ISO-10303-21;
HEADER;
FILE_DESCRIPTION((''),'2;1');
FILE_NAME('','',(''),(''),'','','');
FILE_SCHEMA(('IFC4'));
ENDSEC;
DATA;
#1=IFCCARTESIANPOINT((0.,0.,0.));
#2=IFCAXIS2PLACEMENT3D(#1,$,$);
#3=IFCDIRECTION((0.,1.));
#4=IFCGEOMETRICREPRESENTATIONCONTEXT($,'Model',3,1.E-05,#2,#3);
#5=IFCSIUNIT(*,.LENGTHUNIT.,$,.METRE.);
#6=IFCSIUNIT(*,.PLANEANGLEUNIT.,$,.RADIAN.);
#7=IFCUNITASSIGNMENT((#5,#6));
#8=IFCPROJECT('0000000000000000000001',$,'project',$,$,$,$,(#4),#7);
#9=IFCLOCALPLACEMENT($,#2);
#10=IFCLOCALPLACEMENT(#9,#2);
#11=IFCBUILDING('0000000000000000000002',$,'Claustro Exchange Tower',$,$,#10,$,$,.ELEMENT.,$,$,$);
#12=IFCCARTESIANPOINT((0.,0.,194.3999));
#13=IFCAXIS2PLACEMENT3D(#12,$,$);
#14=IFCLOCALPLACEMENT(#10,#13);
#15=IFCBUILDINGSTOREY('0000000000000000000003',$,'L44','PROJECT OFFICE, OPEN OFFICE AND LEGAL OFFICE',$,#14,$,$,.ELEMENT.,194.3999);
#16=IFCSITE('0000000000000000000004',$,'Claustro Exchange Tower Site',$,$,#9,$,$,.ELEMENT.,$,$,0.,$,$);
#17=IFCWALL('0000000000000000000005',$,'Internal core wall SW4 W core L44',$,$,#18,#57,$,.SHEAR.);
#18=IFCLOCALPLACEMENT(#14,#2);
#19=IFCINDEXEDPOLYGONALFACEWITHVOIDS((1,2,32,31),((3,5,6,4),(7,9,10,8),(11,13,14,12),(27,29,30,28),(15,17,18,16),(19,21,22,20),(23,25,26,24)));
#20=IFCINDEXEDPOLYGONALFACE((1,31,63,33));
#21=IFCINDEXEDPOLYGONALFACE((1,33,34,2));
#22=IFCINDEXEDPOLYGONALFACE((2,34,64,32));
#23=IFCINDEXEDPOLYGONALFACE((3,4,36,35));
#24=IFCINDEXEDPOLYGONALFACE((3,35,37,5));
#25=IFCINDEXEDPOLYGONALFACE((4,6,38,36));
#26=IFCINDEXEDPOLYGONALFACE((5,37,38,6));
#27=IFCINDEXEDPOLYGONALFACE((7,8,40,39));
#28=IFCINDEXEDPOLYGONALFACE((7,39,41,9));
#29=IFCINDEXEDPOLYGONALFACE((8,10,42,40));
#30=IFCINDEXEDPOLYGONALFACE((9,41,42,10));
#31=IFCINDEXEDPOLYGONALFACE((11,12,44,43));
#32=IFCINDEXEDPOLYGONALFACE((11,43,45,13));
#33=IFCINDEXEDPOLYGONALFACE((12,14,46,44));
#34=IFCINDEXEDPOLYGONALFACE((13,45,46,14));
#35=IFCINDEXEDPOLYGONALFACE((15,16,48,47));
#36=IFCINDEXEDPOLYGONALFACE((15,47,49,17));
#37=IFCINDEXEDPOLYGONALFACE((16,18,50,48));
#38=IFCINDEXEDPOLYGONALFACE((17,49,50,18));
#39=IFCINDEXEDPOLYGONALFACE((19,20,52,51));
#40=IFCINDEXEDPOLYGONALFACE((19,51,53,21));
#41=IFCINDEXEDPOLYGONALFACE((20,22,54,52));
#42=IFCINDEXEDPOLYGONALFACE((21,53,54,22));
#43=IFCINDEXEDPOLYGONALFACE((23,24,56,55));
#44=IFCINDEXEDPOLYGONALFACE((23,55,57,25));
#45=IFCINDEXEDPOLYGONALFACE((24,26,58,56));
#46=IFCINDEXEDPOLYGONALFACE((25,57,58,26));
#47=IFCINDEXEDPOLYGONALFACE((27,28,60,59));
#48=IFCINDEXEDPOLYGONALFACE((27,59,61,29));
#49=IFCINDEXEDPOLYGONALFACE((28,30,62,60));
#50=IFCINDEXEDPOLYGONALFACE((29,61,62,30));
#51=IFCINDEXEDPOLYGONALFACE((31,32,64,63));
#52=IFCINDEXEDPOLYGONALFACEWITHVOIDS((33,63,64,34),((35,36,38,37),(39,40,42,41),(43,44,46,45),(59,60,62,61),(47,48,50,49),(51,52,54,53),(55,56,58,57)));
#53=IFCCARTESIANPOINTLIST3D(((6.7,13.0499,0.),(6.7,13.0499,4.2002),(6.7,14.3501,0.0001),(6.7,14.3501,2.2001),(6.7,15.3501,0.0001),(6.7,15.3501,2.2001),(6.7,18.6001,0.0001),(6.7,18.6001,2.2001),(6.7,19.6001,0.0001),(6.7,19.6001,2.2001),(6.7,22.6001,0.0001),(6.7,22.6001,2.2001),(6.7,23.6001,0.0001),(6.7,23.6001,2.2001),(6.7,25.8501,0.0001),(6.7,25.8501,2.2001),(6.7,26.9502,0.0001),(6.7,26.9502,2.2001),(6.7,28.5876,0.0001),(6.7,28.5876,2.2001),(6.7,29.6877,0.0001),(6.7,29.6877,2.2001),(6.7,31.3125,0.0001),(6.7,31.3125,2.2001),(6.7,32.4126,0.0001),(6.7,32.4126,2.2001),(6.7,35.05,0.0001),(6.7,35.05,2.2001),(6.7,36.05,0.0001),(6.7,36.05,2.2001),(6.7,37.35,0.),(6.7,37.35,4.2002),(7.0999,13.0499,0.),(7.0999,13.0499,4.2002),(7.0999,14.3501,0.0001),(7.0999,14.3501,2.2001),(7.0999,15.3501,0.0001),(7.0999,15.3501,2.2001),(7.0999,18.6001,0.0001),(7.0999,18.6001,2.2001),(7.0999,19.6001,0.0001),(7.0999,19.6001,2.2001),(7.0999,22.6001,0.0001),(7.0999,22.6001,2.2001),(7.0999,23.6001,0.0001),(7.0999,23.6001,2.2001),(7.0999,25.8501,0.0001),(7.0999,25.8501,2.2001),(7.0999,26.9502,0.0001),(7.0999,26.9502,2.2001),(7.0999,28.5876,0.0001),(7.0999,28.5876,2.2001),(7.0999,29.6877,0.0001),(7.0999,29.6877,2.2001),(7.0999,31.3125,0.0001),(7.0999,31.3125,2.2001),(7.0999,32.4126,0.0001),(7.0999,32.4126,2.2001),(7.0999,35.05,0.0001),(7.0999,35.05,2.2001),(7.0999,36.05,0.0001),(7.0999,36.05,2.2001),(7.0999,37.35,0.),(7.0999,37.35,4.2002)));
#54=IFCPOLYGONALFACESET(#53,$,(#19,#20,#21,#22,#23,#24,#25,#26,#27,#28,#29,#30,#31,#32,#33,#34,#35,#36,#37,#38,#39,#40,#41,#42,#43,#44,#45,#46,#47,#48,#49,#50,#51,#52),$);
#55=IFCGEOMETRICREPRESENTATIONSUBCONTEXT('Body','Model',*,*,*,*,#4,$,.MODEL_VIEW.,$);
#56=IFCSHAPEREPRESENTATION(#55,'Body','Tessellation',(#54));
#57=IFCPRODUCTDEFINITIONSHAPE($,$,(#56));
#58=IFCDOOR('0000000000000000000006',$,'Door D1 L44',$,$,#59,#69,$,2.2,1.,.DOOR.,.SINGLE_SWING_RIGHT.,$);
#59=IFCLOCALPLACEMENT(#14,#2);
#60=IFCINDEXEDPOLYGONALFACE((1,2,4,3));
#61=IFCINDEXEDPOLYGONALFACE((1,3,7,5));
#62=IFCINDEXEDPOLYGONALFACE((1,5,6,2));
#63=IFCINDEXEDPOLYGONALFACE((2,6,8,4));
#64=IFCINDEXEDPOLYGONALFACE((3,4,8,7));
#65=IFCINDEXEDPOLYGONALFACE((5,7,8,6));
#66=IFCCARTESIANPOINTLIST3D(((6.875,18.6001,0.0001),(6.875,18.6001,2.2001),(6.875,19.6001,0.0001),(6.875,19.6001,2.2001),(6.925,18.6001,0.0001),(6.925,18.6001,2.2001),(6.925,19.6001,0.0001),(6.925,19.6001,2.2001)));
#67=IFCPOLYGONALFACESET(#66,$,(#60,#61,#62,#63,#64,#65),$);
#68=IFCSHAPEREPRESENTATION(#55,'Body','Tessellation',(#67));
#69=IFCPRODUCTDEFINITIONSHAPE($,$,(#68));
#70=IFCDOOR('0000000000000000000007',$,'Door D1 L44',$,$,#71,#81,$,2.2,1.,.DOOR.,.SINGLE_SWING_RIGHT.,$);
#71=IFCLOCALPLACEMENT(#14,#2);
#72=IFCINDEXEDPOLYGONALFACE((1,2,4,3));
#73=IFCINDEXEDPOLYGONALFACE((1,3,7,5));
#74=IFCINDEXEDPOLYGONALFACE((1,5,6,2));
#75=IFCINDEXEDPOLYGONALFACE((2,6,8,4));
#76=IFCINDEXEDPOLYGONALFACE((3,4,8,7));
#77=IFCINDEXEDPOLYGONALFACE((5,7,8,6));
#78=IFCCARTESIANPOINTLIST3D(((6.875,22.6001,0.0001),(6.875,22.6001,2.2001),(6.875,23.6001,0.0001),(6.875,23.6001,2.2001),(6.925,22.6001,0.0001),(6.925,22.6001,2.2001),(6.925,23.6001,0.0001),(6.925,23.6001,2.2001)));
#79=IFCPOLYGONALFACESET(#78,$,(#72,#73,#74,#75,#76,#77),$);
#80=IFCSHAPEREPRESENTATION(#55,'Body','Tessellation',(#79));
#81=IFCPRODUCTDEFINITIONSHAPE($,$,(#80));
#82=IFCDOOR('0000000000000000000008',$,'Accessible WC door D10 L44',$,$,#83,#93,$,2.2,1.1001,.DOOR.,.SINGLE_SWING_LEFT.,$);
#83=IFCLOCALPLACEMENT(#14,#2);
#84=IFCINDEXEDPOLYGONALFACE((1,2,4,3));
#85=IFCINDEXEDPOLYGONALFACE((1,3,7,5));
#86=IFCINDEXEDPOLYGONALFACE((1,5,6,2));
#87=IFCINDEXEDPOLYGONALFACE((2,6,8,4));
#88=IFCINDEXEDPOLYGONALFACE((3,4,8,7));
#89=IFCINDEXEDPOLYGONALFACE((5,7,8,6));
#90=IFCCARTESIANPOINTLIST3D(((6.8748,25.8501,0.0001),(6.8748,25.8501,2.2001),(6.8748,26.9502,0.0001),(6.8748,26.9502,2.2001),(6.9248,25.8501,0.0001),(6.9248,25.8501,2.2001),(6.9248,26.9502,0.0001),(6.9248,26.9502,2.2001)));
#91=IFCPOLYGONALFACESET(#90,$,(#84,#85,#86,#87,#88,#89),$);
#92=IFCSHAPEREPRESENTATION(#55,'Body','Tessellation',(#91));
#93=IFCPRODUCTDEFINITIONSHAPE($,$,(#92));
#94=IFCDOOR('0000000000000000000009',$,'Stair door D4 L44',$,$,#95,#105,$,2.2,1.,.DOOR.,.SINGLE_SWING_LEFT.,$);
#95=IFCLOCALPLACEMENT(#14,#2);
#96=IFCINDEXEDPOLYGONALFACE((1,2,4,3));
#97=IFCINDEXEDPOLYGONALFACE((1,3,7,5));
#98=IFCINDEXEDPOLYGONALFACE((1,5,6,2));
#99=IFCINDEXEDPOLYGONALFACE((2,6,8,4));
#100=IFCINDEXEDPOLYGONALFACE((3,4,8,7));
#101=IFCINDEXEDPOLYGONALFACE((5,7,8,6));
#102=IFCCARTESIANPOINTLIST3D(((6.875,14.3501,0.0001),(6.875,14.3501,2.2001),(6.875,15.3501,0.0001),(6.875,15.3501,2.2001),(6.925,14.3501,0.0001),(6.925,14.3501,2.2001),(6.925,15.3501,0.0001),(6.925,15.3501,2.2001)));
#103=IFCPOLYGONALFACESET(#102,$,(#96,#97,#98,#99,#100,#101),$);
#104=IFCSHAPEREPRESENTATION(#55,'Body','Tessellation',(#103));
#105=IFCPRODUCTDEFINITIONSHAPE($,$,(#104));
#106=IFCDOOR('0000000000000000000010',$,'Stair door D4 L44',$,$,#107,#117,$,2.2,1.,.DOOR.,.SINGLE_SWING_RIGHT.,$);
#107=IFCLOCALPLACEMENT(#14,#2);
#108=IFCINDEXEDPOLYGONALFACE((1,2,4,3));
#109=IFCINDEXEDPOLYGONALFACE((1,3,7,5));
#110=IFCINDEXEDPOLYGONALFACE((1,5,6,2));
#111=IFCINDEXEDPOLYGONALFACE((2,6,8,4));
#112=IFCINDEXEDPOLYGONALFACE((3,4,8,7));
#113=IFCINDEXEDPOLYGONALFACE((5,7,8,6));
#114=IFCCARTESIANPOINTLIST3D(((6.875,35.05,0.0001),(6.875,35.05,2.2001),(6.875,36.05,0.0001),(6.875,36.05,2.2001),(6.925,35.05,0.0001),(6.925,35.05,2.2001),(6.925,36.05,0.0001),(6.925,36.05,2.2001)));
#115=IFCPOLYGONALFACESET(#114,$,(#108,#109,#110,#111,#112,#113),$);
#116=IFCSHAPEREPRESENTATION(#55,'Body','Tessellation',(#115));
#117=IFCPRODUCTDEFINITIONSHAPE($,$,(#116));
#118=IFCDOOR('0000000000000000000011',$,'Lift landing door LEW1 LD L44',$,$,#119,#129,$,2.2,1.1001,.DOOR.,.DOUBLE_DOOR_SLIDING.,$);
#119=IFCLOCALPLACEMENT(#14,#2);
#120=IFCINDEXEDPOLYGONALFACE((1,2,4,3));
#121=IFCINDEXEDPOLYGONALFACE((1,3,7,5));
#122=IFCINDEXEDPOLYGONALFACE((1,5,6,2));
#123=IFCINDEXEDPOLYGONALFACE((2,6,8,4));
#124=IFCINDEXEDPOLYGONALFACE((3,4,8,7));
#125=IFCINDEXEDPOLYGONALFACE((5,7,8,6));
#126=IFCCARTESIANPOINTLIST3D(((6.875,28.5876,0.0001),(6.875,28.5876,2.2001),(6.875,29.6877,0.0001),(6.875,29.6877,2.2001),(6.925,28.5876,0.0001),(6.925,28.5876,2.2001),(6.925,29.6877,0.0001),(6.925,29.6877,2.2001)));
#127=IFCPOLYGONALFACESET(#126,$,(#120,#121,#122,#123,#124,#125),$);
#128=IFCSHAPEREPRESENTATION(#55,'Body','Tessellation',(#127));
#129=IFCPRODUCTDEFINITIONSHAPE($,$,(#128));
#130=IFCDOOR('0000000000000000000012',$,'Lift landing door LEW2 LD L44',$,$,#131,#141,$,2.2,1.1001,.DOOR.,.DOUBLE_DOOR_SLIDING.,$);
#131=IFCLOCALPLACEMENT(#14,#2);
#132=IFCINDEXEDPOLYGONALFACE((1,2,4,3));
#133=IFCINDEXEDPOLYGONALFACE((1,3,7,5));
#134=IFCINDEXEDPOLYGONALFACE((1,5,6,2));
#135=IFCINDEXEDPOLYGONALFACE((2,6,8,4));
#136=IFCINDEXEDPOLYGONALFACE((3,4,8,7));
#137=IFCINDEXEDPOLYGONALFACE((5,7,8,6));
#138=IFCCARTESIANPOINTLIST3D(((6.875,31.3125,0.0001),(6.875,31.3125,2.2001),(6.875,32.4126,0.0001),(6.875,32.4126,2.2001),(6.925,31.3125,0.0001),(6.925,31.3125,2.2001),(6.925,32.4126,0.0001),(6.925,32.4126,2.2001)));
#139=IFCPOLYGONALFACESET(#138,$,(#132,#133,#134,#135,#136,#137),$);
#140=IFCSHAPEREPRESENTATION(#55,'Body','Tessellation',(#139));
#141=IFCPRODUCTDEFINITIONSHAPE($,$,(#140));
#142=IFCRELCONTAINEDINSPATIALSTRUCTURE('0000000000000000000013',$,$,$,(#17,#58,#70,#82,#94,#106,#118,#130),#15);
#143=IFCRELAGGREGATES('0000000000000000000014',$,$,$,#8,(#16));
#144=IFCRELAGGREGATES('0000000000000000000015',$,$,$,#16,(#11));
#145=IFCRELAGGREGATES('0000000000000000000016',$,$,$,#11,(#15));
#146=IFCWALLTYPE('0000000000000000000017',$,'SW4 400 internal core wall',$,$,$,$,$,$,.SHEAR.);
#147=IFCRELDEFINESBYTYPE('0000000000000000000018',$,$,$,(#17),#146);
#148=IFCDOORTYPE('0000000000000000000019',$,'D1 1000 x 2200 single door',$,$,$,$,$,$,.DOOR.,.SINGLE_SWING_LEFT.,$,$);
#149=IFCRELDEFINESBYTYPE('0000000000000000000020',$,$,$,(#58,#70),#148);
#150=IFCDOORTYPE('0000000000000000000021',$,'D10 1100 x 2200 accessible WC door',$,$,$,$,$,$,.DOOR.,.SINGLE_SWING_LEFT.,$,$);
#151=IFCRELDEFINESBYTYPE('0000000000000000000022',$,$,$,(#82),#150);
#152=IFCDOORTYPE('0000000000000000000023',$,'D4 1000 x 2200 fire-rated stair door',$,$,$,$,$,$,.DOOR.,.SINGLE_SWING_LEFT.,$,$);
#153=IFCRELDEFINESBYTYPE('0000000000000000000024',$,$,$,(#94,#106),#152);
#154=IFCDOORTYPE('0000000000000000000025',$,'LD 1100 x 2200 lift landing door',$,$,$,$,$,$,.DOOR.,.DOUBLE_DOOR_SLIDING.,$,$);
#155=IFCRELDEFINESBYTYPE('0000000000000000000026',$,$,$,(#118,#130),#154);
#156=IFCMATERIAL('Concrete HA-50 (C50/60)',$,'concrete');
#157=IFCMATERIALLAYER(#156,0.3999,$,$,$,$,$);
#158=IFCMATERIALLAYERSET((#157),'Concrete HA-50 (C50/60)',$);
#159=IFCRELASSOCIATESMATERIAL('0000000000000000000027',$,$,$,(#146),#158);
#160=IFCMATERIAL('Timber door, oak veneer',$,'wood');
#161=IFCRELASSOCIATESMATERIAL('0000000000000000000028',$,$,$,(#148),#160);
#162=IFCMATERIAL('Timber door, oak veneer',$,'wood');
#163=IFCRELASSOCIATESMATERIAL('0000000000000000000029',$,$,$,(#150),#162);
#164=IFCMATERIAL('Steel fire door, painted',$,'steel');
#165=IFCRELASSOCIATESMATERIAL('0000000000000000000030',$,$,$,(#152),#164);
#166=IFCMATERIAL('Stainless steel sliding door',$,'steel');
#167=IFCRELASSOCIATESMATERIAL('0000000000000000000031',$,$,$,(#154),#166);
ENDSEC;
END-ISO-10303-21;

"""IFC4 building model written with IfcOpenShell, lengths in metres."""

from ifc_helpers import new_model, si_unit, direction, frame, frame_2d, origin, place, context, subcontext, project, spatial, rectangle, extrude, material, layer, layer_set, type_object, element, fill, save


model = new_model("IFC4")

# Units and contexts
model_context = context("Model", 3, precision=1e-05, world=origin(), true_north=direction((0.0, 1.0)))
body_context = subcontext(model_context, "Body", "Model", "MODEL_VIEW")
ifc_project = project(units=[si_unit("LENGTHUNIT", "METRE"), si_unit("PLANEANGLEUNIT", "RADIAN")], contexts=[model_context])

# Site, building, storey
site_placement = place(None, origin())
site = spatial("IfcSite", under=ifc_project, at=site_placement, Name="Claustro Exchange Tower Site", CompositionType="ELEMENT", RefElevation=0.0)
building_placement = place(site_placement, origin())
building = spatial("IfcBuilding", under=site, at=building_placement, Name="Claustro Exchange Tower", CompositionType="ELEMENT")
storey_placement = place(building_placement, frame((0.0, 0.0, 194.3999)))
storey = spatial("IfcBuildingStorey", under=building, at=storey_placement, Name="L44", Description="PROJECT OFFICE, OPEN OFFICE AND LEGAL OFFICE", CompositionType="ELEMENT", Elevation=194.3999)

# Wall, openings, doors
ifc_material_1 = material(Name="Concrete HA-50 (C50/60)", Category="concrete")
ifc_layer_1 = layer(ifc_material_1, 0.3999)
ifc_layer_set_1 = layer_set([ifc_layer_1], Name="Concrete HA-50 (C50/60)")
wall_type_1 = type_object("IfcWallType", Name="SW4 400 internal core wall", PredefinedType="SHEAR", material=ifc_layer_set_1)
wall_1_placement = place(storey_placement, frame((6.8999, 13.05, 0.0), z_axis=(0.0, 0.0, 1.0), x_axis=(0.0, 1.0, 0.0)))
wall_1 = element("IfcWall", 1, at=wall_1_placement, inside=storey, type_object=wall_type_1, Name="Internal core wall SW4 W core L44", PredefinedType="SHEAR", context=body_context, shape_type="SweptSolid", body=[
    extrude(rectangle(XDim=24.3, YDim=0.3999, at=frame_2d((12.1499, 0.0))), origin(), (0.0, 0.0, 1.0), 4.2002),
])
opening_1_placement = place(wall_1_placement, frame((1.3, 0.0, 0.0)))
opening_1 = element("IfcOpeningElement", 2, at=opening_1_placement, cuts=wall_1, PredefinedType="OPENING", context=body_context, shape_type="SweptSolid", body=[
    extrude(rectangle(XDim=1.0, YDim=2.2, at=frame_2d((0.5, 1.1001))), frame((0.0, 0.21, 0.0), z_axis=(0.0, -1.0, 0.0), x_axis=(1.0, 0.0, 0.0)), (0.0, 0.0, 1.0), 0.4199),
])
opening_2_placement = place(wall_1_placement, frame((22.0, 0.0, 0.0)))
opening_2 = element("IfcOpeningElement", 3, at=opening_2_placement, cuts=wall_1, PredefinedType="OPENING", context=body_context, shape_type="SweptSolid", body=[
    extrude(rectangle(XDim=1.0, YDim=2.2, at=frame_2d((0.5, 1.1001))), frame((0.0, 0.21, 0.0), z_axis=(0.0, -1.0, 0.0), x_axis=(1.0, 0.0, 0.0)), (0.0, 0.0, 1.0), 0.4199),
])
opening_3_placement = place(wall_1_placement, frame((5.55, 0.0, 0.0)))
opening_3 = element("IfcOpeningElement", 4, at=opening_3_placement, cuts=wall_1, PredefinedType="OPENING", context=body_context, shape_type="SweptSolid", body=[
    extrude(rectangle(XDim=1.0, YDim=2.2, at=frame_2d((0.5, 1.1001))), frame((0.0, 0.21, 0.0), z_axis=(0.0, -1.0, 0.0), x_axis=(1.0, 0.0, 0.0)), (0.0, 0.0, 1.0), 0.4199),
])
opening_4_placement = place(wall_1_placement, frame((9.55, 0.0, 0.0)))
opening_4 = element("IfcOpeningElement", 5, at=opening_4_placement, cuts=wall_1, PredefinedType="OPENING", context=body_context, shape_type="SweptSolid", body=[
    extrude(rectangle(XDim=1.0, YDim=2.2, at=frame_2d((0.5, 1.1001))), frame((0.0, 0.21, 0.0), z_axis=(0.0, -1.0, 0.0), x_axis=(1.0, 0.0, 0.0)), (0.0, 0.0, 1.0), 0.4199),
])
opening_5_placement = place(wall_1_placement, frame((12.8, 0.0, 0.0)))
opening_5 = element("IfcOpeningElement", 6, at=opening_5_placement, cuts=wall_1, PredefinedType="OPENING", context=body_context, shape_type="SweptSolid", body=[
    extrude(rectangle(XDim=1.1001, YDim=2.2, at=frame_2d((0.55, 1.1001))), frame((0.0, 0.21, 0.0), z_axis=(0.0, -1.0, 0.0), x_axis=(1.0, 0.0, 0.0)), (0.0, 0.0, 1.0), 0.4199),
])
opening_6_placement = place(wall_1_placement, frame((15.5376, 0.0, 0.0)))
opening_6 = element("IfcOpeningElement", 7, at=opening_6_placement, cuts=wall_1, PredefinedType="OPENING", context=body_context, shape_type="SweptSolid", body=[
    extrude(rectangle(XDim=1.1001, YDim=2.2, at=frame_2d((0.55, 1.1001))), frame((0.0, 0.21, 0.0), z_axis=(0.0, -1.0, 0.0), x_axis=(1.0, 0.0, 0.0)), (0.0, 0.0, 1.0), 0.4199),
])
opening_7_placement = place(wall_1_placement, frame((18.2625, 0.0, 0.0)))
opening_7 = element("IfcOpeningElement", 8, at=opening_7_placement, cuts=wall_1, PredefinedType="OPENING", context=body_context, shape_type="SweptSolid", body=[
    extrude(rectangle(XDim=1.1001, YDim=2.2, at=frame_2d((0.55, 1.1001))), frame((0.0, 0.21, 0.0), z_axis=(0.0, -1.0, 0.0), x_axis=(1.0, 0.0, 0.0)), (0.0, 0.0, 1.0), 0.4199),
])
ifc_material_2 = material(Name="Timber door, oak veneer", Category="wood")
door_type_1 = type_object("IfcDoorType", Name="D1 1000 x 2200 single door", OperationType="SINGLE_SWING_LEFT", PredefinedType="DOOR", material=ifc_material_2)
door_1_placement = place(opening_3_placement, origin())
door_1 = element("IfcDoor", 9, at=door_1_placement, inside=storey, type_object=door_type_1, Name="Door D1 L44", OperationType="SINGLE_SWING_RIGHT", OverallHeight=2.2, OverallWidth=1.0, PredefinedType="DOOR", context=body_context, shape_type="SweptSolid", body=[
    extrude(rectangle(XDim=1.0, YDim=2.2, at=frame_2d((0.5, 1.1001))), frame((0.0, 0.0249, 0.0), z_axis=(0.0, -1.0, 0.0), x_axis=(1.0, 0.0, 0.0)), (0.0, 0.0, 1.0), 0.05),
])
fill(opening_3, door_1)
door_2_placement = place(opening_4_placement, origin())
door_2 = element("IfcDoor", 10, at=door_2_placement, inside=storey, type_object=door_type_1, Name="Door D1 L44", OperationType="SINGLE_SWING_RIGHT", OverallHeight=2.2, OverallWidth=1.0, PredefinedType="DOOR", context=body_context, shape_type="SweptSolid", body=[
    extrude(rectangle(XDim=1.0, YDim=2.2, at=frame_2d((0.5, 1.1001))), frame((0.0, 0.0249, 0.0), z_axis=(0.0, -1.0, 0.0), x_axis=(1.0, 0.0, 0.0)), (0.0, 0.0, 1.0), 0.05),
])
fill(opening_4, door_2)
ifc_material_3 = material(Name="Timber door, oak veneer", Category="wood")
door_type_2 = type_object("IfcDoorType", Name="D10 1100 x 2200 accessible WC door", OperationType="SINGLE_SWING_LEFT", PredefinedType="DOOR", material=ifc_material_3)
door_3_placement = place(opening_5_placement, frame((1.1001, 0.0, 0.0), z_axis=(0.0, 0.0, 1.0), x_axis=(-1.0, 0.0, 0.0)))
door_3 = element("IfcDoor", 11, at=door_3_placement, inside=storey, type_object=door_type_2, Name="Accessible WC door D10 L44", OperationType="SINGLE_SWING_LEFT", OverallHeight=2.2, OverallWidth=1.1001, PredefinedType="DOOR", context=body_context, shape_type="SweptSolid", body=[
    extrude(rectangle(XDim=1.1001, YDim=2.2, at=frame_2d((0.55, 1.1001))), frame((0.0, 0.0249, 0.0), z_axis=(0.0, -1.0, 0.0), x_axis=(1.0, 0.0, 0.0)), (0.0, 0.0, 1.0), 0.05),
])
fill(opening_5, door_3)
ifc_material_4 = material(Name="Steel fire door, painted", Category="steel")
door_type_3 = type_object("IfcDoorType", Name="D4 1000 x 2200 fire-rated stair door", OperationType="SINGLE_SWING_LEFT", PredefinedType="DOOR", material=ifc_material_4)
door_4_placement = place(opening_1_placement, origin())
door_4 = element("IfcDoor", 12, at=door_4_placement, inside=storey, type_object=door_type_3, Name="Stair door D4 L44", OperationType="SINGLE_SWING_LEFT", OverallHeight=2.2, OverallWidth=1.0, PredefinedType="DOOR", context=body_context, shape_type="SweptSolid", body=[
    extrude(rectangle(XDim=1.0, YDim=2.2, at=frame_2d((0.5, 1.1001))), frame((0.0, 0.0249, 0.0), z_axis=(0.0, -1.0, 0.0), x_axis=(1.0, 0.0, 0.0)), (0.0, 0.0, 1.0), 0.05),
])
fill(opening_1, door_4)
door_5_placement = place(opening_2_placement, origin())
door_5 = element("IfcDoor", 13, at=door_5_placement, inside=storey, type_object=door_type_3, Name="Stair door D4 L44", OperationType="SINGLE_SWING_RIGHT", OverallHeight=2.2, OverallWidth=1.0, PredefinedType="DOOR", context=body_context, shape_type="SweptSolid", body=[
    extrude(rectangle(XDim=1.0, YDim=2.2, at=frame_2d((0.5, 1.1001))), frame((0.0, 0.0249, 0.0), z_axis=(0.0, -1.0, 0.0), x_axis=(1.0, 0.0, 0.0)), (0.0, 0.0, 1.0), 0.05),
])
fill(opening_2, door_5)
ifc_material_5 = material(Name="Stainless steel sliding door", Category="steel")
door_type_4 = type_object("IfcDoorType", Name="LD 1100 x 2200 lift landing door", OperationType="DOUBLE_DOOR_SLIDING", PredefinedType="DOOR", material=ifc_material_5)
door_6_placement = place(opening_6_placement, origin())
door_6 = element("IfcDoor", 14, at=door_6_placement, inside=storey, type_object=door_type_4, Name="Lift landing door LEW1 LD L44", OperationType="DOUBLE_DOOR_SLIDING", OverallHeight=2.2, OverallWidth=1.1001, PredefinedType="DOOR", context=body_context, shape_type="SweptSolid", body=[
    extrude(rectangle(XDim=1.1001, YDim=2.2, at=frame_2d((0.55, 1.1001))), frame((0.0, 0.0249, 0.0), z_axis=(0.0, -1.0, 0.0), x_axis=(1.0, 0.0, 0.0)), (0.0, 0.0, 1.0), 0.05),
])
fill(opening_6, door_6)
door_7_placement = place(opening_7_placement, origin())
door_7 = element("IfcDoor", 15, at=door_7_placement, inside=storey, type_object=door_type_4, Name="Lift landing door LEW2 LD L44", OperationType="DOUBLE_DOOR_SLIDING", OverallHeight=2.2, OverallWidth=1.1001, PredefinedType="DOOR", context=body_context, shape_type="SweptSolid", body=[
    extrude(rectangle(XDim=1.1001, YDim=2.2, at=frame_2d((0.55, 1.1001))), frame((0.0, 0.0249, 0.0), z_axis=(0.0, -1.0, 0.0), x_axis=(1.0, 0.0, 0.0)), (0.0, 0.0, 1.0), 0.05),
])
fill(opening_7, door_7)

save(model, "model.ifc")
